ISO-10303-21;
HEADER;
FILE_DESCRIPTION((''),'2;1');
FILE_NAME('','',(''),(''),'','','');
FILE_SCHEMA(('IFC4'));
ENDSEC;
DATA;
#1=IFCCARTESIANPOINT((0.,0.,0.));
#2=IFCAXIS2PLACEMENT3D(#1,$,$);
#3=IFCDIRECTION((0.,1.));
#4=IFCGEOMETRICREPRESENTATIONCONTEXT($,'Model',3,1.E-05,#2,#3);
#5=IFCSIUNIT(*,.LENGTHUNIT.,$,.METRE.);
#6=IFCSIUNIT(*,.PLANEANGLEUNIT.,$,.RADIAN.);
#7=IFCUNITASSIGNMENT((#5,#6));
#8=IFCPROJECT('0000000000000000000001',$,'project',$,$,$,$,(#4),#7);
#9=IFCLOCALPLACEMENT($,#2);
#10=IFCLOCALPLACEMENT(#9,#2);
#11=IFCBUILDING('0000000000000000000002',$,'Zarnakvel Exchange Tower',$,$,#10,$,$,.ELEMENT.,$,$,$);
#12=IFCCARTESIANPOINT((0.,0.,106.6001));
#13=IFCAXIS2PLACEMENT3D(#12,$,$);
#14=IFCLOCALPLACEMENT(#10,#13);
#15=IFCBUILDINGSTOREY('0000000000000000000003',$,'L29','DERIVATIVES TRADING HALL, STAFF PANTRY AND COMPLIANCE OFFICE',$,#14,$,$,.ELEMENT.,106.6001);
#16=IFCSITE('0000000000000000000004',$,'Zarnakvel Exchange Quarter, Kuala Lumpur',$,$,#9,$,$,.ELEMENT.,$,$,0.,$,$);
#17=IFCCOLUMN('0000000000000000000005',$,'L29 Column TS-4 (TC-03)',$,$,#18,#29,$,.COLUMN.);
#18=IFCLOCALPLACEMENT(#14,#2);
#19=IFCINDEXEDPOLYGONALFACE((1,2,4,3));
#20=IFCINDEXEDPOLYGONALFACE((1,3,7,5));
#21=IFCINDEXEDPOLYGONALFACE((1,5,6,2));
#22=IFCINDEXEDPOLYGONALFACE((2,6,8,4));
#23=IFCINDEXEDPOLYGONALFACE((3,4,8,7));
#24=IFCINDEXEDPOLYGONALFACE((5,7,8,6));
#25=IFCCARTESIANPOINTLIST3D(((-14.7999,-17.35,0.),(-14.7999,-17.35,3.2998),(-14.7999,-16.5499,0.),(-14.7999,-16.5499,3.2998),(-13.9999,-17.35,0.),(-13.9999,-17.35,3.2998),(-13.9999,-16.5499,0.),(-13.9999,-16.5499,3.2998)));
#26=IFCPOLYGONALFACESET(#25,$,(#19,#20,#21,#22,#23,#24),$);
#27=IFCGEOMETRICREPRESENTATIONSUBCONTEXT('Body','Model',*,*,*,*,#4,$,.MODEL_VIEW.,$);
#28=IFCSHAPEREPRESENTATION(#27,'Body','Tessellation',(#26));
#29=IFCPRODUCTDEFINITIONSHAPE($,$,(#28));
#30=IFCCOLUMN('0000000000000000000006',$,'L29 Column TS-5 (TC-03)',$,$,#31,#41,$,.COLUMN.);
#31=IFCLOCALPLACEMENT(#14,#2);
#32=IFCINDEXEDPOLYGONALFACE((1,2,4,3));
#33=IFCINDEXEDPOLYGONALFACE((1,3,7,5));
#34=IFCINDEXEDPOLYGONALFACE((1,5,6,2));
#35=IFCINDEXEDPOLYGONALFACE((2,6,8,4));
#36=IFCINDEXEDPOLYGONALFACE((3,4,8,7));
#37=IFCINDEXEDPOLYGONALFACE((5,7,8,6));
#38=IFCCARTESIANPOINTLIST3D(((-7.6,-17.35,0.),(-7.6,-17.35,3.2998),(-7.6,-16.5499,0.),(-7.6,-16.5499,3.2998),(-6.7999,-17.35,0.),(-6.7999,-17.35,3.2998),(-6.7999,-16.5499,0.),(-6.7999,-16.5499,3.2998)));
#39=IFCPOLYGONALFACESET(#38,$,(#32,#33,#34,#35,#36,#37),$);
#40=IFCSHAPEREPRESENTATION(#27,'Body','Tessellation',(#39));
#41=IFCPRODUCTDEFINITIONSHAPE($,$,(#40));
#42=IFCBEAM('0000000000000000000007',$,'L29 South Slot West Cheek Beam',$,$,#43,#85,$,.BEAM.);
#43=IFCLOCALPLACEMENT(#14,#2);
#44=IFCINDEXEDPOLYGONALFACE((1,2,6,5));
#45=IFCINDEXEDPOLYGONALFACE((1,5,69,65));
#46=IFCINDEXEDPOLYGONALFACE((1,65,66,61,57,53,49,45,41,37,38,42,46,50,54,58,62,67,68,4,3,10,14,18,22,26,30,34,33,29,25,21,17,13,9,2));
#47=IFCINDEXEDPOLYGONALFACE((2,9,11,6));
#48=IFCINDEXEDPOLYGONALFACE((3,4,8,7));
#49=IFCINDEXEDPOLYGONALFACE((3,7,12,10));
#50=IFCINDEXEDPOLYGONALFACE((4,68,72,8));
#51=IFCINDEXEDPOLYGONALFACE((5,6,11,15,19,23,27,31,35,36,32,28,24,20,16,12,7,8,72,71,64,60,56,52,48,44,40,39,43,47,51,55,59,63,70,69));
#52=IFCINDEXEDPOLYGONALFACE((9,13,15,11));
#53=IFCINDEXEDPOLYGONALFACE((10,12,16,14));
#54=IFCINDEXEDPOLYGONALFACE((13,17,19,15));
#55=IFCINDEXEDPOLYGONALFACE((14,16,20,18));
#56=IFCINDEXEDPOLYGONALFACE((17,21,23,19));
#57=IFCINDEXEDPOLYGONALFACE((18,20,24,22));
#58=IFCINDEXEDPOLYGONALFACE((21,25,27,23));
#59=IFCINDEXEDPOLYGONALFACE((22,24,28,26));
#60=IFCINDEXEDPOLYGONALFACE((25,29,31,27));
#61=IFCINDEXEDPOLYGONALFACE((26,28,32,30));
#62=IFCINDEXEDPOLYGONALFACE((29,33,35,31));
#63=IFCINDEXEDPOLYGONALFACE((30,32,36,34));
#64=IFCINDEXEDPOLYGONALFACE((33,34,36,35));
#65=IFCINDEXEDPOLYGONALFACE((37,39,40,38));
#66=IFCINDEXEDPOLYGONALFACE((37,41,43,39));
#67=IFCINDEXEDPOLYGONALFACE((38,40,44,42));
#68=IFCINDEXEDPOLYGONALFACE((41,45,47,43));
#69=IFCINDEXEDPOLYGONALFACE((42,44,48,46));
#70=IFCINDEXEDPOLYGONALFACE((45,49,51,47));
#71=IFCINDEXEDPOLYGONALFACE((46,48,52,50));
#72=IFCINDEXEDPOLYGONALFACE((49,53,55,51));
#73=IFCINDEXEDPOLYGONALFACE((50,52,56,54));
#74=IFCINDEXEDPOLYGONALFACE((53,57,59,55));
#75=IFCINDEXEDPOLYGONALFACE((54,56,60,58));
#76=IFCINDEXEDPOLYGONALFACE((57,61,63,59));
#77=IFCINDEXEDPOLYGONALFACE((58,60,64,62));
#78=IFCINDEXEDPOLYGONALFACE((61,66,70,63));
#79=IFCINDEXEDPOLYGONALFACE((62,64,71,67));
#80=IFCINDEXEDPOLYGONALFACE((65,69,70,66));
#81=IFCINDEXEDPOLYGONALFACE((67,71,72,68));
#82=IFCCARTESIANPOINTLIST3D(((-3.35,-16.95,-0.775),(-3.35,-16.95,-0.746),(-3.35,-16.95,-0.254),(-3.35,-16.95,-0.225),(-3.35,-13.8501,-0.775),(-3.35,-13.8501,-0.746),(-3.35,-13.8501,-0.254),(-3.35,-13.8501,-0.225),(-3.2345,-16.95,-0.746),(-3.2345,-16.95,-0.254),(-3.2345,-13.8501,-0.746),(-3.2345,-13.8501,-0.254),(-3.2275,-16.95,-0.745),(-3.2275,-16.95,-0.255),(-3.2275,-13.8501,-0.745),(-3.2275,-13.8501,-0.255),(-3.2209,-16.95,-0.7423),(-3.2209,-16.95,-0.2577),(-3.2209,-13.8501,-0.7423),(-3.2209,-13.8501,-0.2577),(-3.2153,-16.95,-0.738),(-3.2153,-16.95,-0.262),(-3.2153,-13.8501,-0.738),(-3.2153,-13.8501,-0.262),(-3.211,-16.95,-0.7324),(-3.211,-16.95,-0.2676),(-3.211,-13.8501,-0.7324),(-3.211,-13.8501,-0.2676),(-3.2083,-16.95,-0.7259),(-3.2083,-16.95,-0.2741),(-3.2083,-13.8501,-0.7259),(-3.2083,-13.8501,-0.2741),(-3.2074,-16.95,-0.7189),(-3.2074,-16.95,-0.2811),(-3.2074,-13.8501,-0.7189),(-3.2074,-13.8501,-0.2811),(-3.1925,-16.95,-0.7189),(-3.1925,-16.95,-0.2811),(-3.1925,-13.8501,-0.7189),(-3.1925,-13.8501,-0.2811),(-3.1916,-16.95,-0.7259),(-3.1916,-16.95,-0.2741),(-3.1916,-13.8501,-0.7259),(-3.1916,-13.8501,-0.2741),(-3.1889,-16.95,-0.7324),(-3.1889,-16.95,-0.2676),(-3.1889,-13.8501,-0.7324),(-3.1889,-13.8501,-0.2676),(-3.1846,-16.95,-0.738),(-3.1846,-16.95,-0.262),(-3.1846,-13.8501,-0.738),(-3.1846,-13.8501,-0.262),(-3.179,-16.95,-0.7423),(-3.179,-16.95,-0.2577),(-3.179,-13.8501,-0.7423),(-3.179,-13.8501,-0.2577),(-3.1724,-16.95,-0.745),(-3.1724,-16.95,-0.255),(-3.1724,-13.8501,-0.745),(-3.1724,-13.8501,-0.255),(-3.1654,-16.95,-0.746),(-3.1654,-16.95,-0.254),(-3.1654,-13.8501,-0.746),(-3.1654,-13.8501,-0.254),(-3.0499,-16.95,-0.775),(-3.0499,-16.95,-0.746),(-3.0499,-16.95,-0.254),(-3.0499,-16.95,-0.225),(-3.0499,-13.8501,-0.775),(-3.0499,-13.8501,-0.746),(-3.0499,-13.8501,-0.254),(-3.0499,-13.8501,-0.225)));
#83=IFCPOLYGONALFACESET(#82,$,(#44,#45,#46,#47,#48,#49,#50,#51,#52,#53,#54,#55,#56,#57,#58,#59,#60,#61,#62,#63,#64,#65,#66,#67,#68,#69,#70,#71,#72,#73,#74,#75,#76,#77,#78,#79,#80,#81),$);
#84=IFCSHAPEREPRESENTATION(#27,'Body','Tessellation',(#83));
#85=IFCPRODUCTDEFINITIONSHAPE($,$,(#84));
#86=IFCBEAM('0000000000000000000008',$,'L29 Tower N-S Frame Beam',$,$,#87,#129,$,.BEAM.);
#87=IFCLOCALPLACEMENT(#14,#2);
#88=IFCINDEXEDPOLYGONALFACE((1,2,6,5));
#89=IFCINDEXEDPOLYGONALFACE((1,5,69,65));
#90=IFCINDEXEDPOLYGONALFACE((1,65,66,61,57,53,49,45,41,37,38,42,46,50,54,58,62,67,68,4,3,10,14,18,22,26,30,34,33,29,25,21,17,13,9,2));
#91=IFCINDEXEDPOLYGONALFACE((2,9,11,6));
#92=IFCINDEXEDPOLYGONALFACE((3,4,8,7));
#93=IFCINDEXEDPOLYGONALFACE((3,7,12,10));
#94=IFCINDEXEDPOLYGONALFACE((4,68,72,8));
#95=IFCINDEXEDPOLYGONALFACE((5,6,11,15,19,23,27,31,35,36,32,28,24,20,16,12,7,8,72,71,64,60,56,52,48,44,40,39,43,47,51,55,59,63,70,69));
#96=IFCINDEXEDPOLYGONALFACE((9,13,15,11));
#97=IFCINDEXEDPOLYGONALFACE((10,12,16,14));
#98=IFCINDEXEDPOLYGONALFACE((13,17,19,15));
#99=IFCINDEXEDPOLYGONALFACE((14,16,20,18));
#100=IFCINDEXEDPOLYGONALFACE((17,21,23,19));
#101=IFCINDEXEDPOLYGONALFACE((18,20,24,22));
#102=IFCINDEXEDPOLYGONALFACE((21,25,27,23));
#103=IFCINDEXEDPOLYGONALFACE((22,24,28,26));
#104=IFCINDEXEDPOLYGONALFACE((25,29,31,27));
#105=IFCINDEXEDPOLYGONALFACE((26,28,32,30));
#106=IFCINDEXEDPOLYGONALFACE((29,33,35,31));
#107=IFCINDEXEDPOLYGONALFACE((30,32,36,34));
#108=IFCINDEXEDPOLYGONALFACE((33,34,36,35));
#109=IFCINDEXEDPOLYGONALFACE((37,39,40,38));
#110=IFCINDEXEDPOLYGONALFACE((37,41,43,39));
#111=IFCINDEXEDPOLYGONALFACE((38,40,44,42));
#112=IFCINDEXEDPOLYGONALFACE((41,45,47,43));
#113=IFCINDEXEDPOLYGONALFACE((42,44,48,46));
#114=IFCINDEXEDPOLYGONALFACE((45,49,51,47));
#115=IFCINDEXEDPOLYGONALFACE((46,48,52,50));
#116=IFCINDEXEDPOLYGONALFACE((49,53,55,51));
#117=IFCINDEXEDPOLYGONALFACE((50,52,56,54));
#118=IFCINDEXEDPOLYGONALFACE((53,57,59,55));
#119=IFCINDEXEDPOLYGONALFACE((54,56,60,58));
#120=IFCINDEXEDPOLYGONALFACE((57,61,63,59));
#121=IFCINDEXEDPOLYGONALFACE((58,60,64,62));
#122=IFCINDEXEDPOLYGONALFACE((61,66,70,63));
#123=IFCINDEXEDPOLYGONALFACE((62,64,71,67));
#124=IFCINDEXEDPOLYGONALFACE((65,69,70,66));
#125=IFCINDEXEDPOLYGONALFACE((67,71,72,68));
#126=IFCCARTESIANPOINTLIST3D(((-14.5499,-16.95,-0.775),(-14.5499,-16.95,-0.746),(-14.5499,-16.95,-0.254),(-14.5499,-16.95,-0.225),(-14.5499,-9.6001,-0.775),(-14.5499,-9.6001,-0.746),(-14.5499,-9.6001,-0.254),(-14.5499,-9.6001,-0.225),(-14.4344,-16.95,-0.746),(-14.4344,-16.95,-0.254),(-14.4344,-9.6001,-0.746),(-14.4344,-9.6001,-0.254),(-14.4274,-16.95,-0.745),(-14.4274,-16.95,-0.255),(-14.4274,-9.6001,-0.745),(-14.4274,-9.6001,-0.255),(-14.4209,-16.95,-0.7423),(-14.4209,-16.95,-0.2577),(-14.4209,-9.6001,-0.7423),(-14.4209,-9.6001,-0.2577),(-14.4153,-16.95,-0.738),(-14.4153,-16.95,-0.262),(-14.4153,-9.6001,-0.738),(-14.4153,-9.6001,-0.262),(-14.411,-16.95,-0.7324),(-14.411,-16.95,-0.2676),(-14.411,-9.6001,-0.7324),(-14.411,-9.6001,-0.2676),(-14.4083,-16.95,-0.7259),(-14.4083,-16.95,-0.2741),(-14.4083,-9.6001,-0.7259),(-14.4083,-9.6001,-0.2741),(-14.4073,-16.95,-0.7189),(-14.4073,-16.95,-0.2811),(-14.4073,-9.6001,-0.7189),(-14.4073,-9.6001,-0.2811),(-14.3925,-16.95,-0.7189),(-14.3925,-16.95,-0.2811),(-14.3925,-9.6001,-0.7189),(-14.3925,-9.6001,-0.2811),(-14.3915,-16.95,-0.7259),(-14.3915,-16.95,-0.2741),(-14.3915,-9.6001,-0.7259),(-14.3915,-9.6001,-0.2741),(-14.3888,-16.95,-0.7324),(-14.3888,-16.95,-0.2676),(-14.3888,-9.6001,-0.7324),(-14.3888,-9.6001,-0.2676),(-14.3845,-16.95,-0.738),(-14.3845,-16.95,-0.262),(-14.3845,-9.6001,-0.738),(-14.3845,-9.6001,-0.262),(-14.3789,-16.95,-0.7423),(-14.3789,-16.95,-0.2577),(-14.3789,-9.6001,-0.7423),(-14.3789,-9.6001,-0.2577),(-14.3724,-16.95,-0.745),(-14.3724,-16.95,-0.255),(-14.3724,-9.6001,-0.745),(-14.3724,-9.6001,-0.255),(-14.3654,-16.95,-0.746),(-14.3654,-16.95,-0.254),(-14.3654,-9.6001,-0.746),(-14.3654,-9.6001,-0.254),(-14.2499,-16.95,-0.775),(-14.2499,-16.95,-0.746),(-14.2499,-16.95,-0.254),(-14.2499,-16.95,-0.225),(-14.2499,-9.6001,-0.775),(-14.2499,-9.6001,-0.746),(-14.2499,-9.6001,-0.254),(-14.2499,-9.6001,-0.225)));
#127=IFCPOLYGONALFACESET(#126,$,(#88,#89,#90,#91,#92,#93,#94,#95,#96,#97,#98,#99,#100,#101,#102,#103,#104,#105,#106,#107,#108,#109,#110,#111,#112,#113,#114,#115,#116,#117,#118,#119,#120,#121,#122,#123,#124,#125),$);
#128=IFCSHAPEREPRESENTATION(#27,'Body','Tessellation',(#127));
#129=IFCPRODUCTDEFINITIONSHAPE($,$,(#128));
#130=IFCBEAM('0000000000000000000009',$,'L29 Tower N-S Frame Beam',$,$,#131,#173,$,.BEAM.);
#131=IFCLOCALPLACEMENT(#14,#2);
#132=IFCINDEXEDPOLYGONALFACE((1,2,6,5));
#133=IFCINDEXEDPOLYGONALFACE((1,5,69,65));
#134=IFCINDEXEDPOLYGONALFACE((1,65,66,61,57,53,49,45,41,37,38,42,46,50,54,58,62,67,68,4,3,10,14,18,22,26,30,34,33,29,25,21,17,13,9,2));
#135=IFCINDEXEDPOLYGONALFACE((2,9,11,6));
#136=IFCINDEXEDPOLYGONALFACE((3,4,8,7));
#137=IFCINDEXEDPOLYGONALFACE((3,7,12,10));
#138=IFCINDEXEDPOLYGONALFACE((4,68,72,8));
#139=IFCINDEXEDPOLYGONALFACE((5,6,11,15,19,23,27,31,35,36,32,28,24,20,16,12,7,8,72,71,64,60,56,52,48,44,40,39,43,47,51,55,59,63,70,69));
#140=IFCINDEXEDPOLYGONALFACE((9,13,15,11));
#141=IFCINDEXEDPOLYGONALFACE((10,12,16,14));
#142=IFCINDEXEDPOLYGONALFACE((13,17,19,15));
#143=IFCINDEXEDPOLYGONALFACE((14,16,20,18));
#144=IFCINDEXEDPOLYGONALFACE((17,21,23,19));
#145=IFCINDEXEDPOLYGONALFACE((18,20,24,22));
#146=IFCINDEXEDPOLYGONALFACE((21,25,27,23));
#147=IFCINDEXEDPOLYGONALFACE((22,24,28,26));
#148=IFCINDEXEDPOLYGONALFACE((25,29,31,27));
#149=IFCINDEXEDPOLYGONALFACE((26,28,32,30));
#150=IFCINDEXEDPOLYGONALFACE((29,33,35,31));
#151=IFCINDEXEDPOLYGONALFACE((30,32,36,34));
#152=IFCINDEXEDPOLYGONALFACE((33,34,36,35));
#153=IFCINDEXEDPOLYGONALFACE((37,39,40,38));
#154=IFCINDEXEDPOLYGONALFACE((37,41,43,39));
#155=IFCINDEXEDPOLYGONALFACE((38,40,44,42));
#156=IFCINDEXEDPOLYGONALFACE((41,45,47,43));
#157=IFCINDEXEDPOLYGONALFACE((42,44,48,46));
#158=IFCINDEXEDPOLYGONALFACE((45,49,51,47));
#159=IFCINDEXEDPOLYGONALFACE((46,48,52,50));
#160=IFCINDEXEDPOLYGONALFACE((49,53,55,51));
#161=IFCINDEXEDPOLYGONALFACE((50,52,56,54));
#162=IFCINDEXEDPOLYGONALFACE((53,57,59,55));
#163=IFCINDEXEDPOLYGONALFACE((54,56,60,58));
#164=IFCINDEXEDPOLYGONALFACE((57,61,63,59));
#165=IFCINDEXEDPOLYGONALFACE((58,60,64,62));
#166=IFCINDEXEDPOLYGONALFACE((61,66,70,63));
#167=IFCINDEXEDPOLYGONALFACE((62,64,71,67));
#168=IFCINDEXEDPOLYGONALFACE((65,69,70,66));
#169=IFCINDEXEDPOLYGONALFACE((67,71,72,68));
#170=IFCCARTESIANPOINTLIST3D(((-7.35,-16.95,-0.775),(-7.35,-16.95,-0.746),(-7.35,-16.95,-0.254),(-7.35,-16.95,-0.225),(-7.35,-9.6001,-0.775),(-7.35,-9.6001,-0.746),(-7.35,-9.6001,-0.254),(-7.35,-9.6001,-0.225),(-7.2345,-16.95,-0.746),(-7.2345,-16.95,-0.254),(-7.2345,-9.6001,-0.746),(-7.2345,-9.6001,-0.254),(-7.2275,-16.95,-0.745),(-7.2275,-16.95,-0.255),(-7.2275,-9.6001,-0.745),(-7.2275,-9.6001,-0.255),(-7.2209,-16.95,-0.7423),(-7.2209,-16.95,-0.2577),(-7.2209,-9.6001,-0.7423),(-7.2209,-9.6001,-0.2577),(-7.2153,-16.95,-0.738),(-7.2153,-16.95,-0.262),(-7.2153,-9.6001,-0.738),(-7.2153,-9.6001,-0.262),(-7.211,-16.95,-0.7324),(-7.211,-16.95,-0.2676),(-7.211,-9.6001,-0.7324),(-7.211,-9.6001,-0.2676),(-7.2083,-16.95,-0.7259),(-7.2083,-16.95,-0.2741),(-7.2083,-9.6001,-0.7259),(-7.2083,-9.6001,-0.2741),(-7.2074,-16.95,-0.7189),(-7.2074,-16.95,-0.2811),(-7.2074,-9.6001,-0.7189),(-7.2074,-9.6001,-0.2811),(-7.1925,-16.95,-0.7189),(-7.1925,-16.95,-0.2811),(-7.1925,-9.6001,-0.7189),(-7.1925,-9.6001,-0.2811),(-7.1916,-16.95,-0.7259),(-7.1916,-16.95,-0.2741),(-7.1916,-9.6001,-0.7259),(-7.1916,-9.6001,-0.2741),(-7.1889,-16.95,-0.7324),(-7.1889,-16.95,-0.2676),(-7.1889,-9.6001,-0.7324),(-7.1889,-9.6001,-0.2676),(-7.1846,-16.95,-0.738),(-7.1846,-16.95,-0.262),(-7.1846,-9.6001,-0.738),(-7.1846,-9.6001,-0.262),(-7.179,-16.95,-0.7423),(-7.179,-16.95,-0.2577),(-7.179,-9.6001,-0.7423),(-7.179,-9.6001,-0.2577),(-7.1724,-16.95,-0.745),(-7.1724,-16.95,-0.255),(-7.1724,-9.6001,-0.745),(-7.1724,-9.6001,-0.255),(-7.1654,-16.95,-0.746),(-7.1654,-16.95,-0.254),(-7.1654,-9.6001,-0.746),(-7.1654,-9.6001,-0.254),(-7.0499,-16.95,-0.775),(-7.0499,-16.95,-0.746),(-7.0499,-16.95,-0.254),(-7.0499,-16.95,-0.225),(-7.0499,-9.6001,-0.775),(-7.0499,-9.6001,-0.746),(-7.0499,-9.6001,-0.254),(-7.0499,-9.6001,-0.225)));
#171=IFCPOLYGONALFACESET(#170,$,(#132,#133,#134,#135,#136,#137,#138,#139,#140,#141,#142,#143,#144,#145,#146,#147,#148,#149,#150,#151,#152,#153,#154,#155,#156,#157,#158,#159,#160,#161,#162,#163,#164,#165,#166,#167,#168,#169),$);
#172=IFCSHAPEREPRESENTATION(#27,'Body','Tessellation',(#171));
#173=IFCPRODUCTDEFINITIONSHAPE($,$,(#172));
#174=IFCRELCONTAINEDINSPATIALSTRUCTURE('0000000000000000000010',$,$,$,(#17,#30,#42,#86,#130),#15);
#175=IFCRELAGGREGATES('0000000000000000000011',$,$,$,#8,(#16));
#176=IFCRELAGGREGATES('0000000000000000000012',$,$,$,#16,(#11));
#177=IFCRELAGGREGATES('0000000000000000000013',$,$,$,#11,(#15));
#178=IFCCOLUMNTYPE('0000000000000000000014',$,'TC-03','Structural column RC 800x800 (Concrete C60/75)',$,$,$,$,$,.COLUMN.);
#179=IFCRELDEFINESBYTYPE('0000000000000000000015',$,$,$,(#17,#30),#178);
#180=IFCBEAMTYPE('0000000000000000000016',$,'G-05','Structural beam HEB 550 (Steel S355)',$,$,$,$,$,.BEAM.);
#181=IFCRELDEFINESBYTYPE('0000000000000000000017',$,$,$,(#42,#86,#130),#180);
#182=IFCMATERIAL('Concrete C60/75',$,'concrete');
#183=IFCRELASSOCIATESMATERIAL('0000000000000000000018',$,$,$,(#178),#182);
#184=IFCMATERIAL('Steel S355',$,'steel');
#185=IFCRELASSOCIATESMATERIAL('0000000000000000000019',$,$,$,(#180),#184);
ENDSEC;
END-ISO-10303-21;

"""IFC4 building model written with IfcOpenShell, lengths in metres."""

from ifc_helpers import new_model, si_unit, direction, frame, origin, origin_2d, place, context, subcontext, project, spatial, rectangle, i_section, extrude, material, material_profile, profile_set, type_object, element, save


model = new_model("IFC4")

# Units and contexts
model_context = context("Model", 3, precision=1e-05, world=origin(), true_north=direction((0.0, 1.0)))
body_context = subcontext(model_context, "Body", "Model", "MODEL_VIEW")
ifc_project = project(units=[si_unit("LENGTHUNIT", "METRE"), si_unit("PLANEANGLEUNIT", "RADIAN")], contexts=[model_context])

# Site, building, storey
site_placement = place(None, origin())
site = spatial("IfcSite", under=ifc_project, at=site_placement, Name="Zarnakvel Exchange Quarter, Kuala Lumpur", CompositionType="ELEMENT", RefElevation=0.0)
building_placement = place(site_placement, origin())
building = spatial("IfcBuilding", under=site, at=building_placement, Name="Zarnakvel Exchange Tower", CompositionType="ELEMENT")
storey_placement = place(building_placement, frame((0.0, 0.0, 106.6001)))
storey = spatial("IfcBuildingStorey", under=building, at=storey_placement, Name="L29", Description="DERIVATIVES TRADING HALL, STAFF PANTRY AND COMPLIANCE OFFICE", CompositionType="ELEMENT", Elevation=106.6001)

# Columns
ifc_material_1 = material(Name="Concrete C60/75", Category="concrete")
ifc_material_profile_1 = material_profile(ifc_material_1, rectangle(XDim=0.8, YDim=0.8, at=origin_2d()))
ifc_profile_set_1 = profile_set([ifc_material_profile_1], Name="Concrete C60/75")
column_type = type_object("IfcColumnType", Name="TC-03", Description="Structural column RC 800x800 (Concrete C60/75)", PredefinedType="COLUMN", material=ifc_profile_set_1)
for number, where, z_axis, x_axis, name in (
    (1, (-14.3999, -16.95, 0.0), (0.0, 0.0, 1.0), (1.0, 0.0, 0.0), "L29 Column TS-4 (TC-03)"),
    (2, (-7.2, -16.95, 0.0), (0.0, 0.0, 1.0), (1.0, 0.0, 0.0), "L29 Column TS-5 (TC-03)"),
):
    element("IfcColumn", number, at=place(storey_placement, frame(where, z_axis=z_axis, x_axis=x_axis)), inside=storey, type_object=column_type, Name=name, PredefinedType="COLUMN", context=body_context, shape_type="SweptSolid", body=[
        extrude(rectangle(XDim=0.8, YDim=0.8, at=origin_2d()), origin(), (0.0, 0.0, 1.0), 3.2998),
    ])

# Beams
ifc_material_2 = material(Name="Steel S355", Category="steel")
ifc_material_profile_2 = material_profile(ifc_material_2, i_section(OverallWidth=0.3, OverallDepth=0.55, WebThickness=0.0149, FlangeThickness=0.0291, FilletRadius=0.0271, at=origin_2d()))
ifc_profile_set_2 = profile_set([ifc_material_profile_2], Name="Steel S355")
beam_type_1 = type_object("IfcBeamType", Name="G-05", Description="Structural beam HEB 550 (Steel S355)", PredefinedType="BEAM", material=ifc_profile_set_2)
beam_1_placement = place(storey_placement, frame((-3.2, -16.95, -0.5), z_axis=(0.0, 1.0, 0.0), x_axis=(-1.0, 0.0, 0.0)))
element("IfcBeam", 3, at=beam_1_placement, inside=storey, type_object=beam_type_1, Name="L29 South Slot West Cheek Beam", PredefinedType="BEAM", context=body_context, shape_type="SweptSolid", body=[
    extrude(i_section(OverallWidth=0.3, OverallDepth=0.55, WebThickness=0.0149, FlangeThickness=0.0291, FilletRadius=0.0271, at=origin_2d()), origin(), (0.0, 0.0, 1.0), 3.0999),
])
for number, where, z_axis, x_axis, name in (
    (4, (-14.3999, -16.95, -0.5), (0.0, 1.0, 0.0), (-1.0, 0.0, 0.0), "L29 Tower N-S Frame Beam"),
    (5, (-7.2, -16.95, -0.5), (0.0, 1.0, 0.0), (-1.0, 0.0, 0.0), "L29 Tower N-S Frame Beam"),
):
    element("IfcBeam", number, at=place(storey_placement, frame(where, z_axis=z_axis, x_axis=x_axis)), inside=storey, type_object=beam_type_1, Name=name, PredefinedType="BEAM", context=body_context, shape_type="SweptSolid", body=[
        extrude(i_section(OverallWidth=0.3, OverallDepth=0.55, WebThickness=0.0149, FlangeThickness=0.0291, FilletRadius=0.0271, at=origin_2d()), origin(), (0.0, 0.0, 1.0), 7.3499),
    ])

save(model, "model.ifc")
